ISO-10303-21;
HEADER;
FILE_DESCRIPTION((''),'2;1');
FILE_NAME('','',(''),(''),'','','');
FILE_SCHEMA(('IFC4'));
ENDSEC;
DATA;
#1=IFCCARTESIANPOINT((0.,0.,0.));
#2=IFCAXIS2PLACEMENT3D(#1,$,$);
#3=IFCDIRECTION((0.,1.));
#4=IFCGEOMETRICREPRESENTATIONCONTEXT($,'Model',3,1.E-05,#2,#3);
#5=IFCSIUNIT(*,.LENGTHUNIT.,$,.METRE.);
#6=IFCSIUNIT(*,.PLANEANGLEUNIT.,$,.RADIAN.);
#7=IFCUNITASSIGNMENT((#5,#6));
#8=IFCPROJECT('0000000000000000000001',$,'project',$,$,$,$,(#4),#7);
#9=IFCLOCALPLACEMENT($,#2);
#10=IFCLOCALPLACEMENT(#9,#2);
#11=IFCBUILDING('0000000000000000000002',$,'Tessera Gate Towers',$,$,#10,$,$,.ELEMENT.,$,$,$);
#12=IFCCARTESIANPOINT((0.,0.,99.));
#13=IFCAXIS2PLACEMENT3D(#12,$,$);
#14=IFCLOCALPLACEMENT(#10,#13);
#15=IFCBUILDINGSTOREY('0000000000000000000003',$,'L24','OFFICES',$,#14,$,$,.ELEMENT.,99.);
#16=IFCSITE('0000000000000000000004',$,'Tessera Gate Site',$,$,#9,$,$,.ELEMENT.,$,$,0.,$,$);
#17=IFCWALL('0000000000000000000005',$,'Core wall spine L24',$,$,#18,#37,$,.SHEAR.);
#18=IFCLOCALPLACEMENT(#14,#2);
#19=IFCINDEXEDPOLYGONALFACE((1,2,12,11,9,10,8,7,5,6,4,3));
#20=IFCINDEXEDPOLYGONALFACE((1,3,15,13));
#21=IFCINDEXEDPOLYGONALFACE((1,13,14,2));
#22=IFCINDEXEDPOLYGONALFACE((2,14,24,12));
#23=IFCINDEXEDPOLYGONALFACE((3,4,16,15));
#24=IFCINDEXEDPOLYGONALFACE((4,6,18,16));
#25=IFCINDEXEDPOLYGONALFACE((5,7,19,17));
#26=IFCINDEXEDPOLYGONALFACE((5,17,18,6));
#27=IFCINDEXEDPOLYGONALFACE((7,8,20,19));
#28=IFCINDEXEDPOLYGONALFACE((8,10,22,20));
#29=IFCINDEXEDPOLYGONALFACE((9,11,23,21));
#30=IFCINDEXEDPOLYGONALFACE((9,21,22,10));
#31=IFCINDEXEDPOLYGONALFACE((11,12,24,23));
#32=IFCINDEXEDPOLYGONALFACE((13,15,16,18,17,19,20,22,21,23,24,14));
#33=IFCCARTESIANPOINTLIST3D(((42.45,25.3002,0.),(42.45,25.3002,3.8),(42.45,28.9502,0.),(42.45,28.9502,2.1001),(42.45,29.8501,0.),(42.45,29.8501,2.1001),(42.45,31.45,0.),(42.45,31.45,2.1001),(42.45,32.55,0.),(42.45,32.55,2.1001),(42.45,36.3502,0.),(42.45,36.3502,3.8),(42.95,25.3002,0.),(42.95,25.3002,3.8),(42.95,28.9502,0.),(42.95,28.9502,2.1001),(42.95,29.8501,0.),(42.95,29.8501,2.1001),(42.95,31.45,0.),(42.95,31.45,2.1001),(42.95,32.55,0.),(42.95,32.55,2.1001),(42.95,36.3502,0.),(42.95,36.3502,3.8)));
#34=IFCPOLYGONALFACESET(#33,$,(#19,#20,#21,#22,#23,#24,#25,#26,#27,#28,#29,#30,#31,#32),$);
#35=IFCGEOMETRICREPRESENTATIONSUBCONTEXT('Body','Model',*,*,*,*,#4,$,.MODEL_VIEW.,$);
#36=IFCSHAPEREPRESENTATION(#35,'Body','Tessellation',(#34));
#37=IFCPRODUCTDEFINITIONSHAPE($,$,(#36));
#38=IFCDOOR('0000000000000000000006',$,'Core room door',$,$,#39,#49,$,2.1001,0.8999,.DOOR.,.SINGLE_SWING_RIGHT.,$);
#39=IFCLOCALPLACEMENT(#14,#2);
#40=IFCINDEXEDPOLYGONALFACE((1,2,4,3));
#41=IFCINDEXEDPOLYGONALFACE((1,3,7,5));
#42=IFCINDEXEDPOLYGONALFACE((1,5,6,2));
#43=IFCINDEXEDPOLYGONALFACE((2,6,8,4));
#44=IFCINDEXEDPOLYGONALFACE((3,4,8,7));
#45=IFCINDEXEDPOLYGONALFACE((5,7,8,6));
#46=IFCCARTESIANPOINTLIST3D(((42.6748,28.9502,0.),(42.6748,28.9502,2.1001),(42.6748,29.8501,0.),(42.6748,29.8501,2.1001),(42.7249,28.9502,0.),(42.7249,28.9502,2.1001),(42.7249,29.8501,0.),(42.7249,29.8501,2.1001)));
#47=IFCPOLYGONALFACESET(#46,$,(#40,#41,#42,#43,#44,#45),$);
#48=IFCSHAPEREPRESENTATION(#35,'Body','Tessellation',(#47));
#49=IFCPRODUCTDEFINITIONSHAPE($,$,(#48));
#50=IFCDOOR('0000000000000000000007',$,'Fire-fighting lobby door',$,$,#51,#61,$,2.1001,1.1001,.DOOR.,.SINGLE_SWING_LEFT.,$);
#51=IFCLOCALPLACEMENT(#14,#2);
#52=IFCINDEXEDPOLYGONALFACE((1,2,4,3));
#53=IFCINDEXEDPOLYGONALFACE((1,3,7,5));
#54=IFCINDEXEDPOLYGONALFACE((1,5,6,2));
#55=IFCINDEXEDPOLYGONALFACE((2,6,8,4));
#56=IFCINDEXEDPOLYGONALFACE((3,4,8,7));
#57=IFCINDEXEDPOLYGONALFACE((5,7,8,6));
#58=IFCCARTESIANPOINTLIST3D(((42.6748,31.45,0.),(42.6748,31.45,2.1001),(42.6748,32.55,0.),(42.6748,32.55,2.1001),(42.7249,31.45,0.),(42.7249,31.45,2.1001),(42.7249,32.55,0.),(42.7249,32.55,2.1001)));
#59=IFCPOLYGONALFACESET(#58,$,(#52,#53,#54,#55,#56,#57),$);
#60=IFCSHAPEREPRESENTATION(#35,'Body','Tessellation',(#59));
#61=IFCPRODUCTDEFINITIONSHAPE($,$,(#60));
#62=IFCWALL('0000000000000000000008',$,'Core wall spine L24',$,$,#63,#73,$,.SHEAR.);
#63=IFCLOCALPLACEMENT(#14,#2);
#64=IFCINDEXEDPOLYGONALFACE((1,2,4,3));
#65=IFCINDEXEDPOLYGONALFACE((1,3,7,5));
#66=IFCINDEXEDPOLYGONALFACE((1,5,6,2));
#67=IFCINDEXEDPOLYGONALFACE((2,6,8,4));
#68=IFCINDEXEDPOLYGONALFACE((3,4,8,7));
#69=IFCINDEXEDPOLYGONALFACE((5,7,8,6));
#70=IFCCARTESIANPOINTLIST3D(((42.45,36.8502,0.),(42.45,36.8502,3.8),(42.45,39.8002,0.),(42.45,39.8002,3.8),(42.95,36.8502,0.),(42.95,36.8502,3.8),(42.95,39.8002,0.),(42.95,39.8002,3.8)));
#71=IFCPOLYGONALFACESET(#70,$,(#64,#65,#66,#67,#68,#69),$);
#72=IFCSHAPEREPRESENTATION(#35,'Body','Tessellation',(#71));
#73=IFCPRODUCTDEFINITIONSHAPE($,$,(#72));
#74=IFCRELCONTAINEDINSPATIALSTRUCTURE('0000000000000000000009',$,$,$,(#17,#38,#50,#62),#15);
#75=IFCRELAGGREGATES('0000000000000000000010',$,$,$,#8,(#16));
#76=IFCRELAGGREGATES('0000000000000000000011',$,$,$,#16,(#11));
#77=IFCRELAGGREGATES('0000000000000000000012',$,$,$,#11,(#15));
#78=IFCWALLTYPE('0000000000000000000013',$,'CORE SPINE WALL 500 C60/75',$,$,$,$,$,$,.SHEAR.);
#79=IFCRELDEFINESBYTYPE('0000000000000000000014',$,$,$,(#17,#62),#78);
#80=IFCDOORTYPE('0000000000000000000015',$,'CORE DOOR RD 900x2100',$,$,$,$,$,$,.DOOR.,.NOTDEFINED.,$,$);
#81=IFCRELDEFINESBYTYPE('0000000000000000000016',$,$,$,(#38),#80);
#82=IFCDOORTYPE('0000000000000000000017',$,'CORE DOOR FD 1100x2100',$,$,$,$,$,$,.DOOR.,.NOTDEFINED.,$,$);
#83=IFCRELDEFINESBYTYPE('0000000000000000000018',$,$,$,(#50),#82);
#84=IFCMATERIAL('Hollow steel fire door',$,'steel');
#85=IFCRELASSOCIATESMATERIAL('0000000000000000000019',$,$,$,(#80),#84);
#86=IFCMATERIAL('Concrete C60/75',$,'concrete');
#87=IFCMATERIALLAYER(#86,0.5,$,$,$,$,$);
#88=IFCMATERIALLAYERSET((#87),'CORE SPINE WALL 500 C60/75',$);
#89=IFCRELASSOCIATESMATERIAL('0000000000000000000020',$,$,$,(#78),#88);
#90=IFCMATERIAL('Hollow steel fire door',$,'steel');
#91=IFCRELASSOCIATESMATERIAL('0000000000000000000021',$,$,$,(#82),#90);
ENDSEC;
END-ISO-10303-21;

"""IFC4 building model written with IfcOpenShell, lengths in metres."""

from ifc_helpers import new_model, si_unit, direction, frame, frame_2d, origin, place, context, subcontext, project, spatial, rectangle, extrude, source, transform, mapped, material, layer, layer_set, type_object, element, fill, save


model = new_model("IFC4")

# Units and contexts
model_context = context("Model", 3, precision=1e-05, world=origin(), true_north=direction((0.0, 1.0)))
body_context = subcontext(model_context, "Body", "Model", "MODEL_VIEW")
ifc_project = project(units=[si_unit("LENGTHUNIT", "METRE"), si_unit("PLANEANGLEUNIT", "RADIAN")], contexts=[model_context])

# Site, building, storey
site_placement = place(None, origin())
site = spatial("IfcSite", under=ifc_project, at=site_placement, Name="Tessera Gate Site", CompositionType="ELEMENT", RefElevation=0.0)
building_placement = place(site_placement, origin())
building = spatial("IfcBuilding", under=site, at=building_placement, Name="Tessera Gate Towers", CompositionType="ELEMENT")
storey_placement = place(building_placement, frame((0.0, 0.0, 99.0)))
storey = spatial("IfcBuildingStorey", under=building, at=storey_placement, Name="L24", Description="OFFICES", CompositionType="ELEMENT", Elevation=99.0)

# Shared definitions
shared_shape_1 = source(origin(), body_context, "Body", "SweptSolid", [
    extrude(rectangle(XDim=1.1001, YDim=2.1001, at=frame_2d((0.55, 1.05))), frame((0.0, 0.0249, 0.0), z_axis=(0.0, -1.0, 0.0), x_axis=(1.0, 0.0, 0.0)), (0.0, 0.0, 1.0), 0.05),
])

# Shared definitions
ifc_material_1 = material(Name="Hollow steel fire door", Category="steel")
door_type_1 = type_object("IfcDoorType", Name="CORE DOOR RD 900x2100", OperationType="NOTDEFINED", PredefinedType="DOOR", material=ifc_material_1)
shared_shape_2 = source(origin(), body_context, "Body", "SweptSolid", [
    extrude(rectangle(XDim=0.8999, YDim=2.1001, at=frame_2d((0.45, 1.05))), frame((0.0, 0.0249, 0.0), z_axis=(0.0, -1.0, 0.0), x_axis=(1.0, 0.0, 0.0)), (0.0, 0.0, 1.0), 0.05),
])

# Wall, openings, doors
ifc_material_2 = material(Name="Concrete C60/75", Category="concrete")
ifc_layer_1 = layer(ifc_material_2, 0.5)
ifc_layer_set_1 = layer_set([ifc_layer_1], Name="CORE SPINE WALL 500 C60/75")
wall_type_1 = type_object("IfcWallType", Name="CORE SPINE WALL 500 C60/75", PredefinedType="SHEAR", material=ifc_layer_set_1)
wall_1_placement = place(storey_placement, frame((42.7, 36.3501, 0.0), z_axis=(0.0, 0.0, 1.0), x_axis=(0.0, -1.0, 0.0)))
wall_1 = element("IfcWall", 1, at=wall_1_placement, inside=storey, type_object=wall_type_1, Name="Core wall spine L24", PredefinedType="SHEAR", context=body_context, shape_type="SweptSolid", body=[
    extrude(rectangle(XDim=11.05, YDim=0.5, at=frame_2d((5.5249, 0.0))), origin(), (0.0, 0.0, 1.0), 3.8),
])
shared_shape_3 = source(origin(), body_context, "Body", "SweptSolid", [
    extrude(rectangle(XDim=0.8999, YDim=2.1001, at=frame_2d((0.45, 1.05))), frame((0.0, 0.26, 0.0), z_axis=(0.0, -1.0, 0.0), x_axis=(1.0, 0.0, 0.0)), (0.0, 0.0, 1.0), 0.52),
])
opening_1_placement = place(wall_1_placement, frame((6.5, 0.0, 0.0)))
opening_1 = element("IfcOpeningElement", 2, at=opening_1_placement, cuts=wall_1, PredefinedType="OPENING", context=body_context, shape_type="MappedRepresentation", body=[
    mapped(shared_shape_3, transform((0.0, 0.0, 0.0), scale=1.0)),
])
shared_shape_4 = source(origin(), body_context, "Body", "SweptSolid", [
    extrude(rectangle(XDim=1.1001, YDim=2.1001, at=frame_2d((0.55, 1.05))), frame((0.0, 0.26, 0.0), z_axis=(0.0, -1.0, 0.0), x_axis=(1.0, 0.0, 0.0)), (0.0, 0.0, 1.0), 0.52),
])
opening_2_placement = place(wall_1_placement, frame((3.8, 0.0, 0.0)))
opening_2 = element("IfcOpeningElement", 3, at=opening_2_placement, cuts=wall_1, PredefinedType="OPENING", context=body_context, shape_type="MappedRepresentation", body=[
    mapped(shared_shape_4, transform((0.0, 0.0, 0.0), scale=1.0)),
])
door_1_placement = place(opening_1_placement, origin())
door_1 = element("IfcDoor", 4, at=door_1_placement, inside=storey, type_object=door_type_1, Name="Core room door", OperationType="SINGLE_SWING_RIGHT", OverallHeight=2.1001, OverallWidth=0.8999, PredefinedType="DOOR", context=body_context, shape_type="MappedRepresentation", body=[
    mapped(shared_shape_2, transform((0.0, 0.0, 0.0), scale=1.0)),
])
fill(opening_1, door_1)
ifc_material_3 = material(Name="Hollow steel fire door", Category="steel")
door_type_2 = type_object("IfcDoorType", Name="CORE DOOR FD 1100x2100", OperationType="NOTDEFINED", PredefinedType="DOOR", material=ifc_material_3)
door_2_placement = place(opening_2_placement, origin())
door_2 = element("IfcDoor", 5, at=door_2_placement, inside=storey, type_object=door_type_2, Name="Fire-fighting lobby door", OperationType="SINGLE_SWING_LEFT", OverallHeight=2.1001, OverallWidth=1.1001, PredefinedType="DOOR", context=body_context, shape_type="MappedRepresentation", body=[
    mapped(shared_shape_1, transform((0.0, 0.0, 0.0), scale=1.0)),
])
fill(opening_2, door_2)

# Wall
wall_2_placement = place(storey_placement, frame((42.7, 36.8501, 0.0), z_axis=(0.0, 0.0, 1.0), x_axis=(0.0, 1.0, 0.0)))
element("IfcWall", 6, at=wall_2_placement, inside=storey, type_object=wall_type_1, Name="Core wall spine L24", PredefinedType="SHEAR", context=body_context, shape_type="SweptSolid", body=[
    extrude(rectangle(XDim=2.95, YDim=0.5, at=frame_2d((1.4751, 0.0))), origin(), (0.0, 0.0, 1.0), 3.8),
])

save(model, "model.ifc")
